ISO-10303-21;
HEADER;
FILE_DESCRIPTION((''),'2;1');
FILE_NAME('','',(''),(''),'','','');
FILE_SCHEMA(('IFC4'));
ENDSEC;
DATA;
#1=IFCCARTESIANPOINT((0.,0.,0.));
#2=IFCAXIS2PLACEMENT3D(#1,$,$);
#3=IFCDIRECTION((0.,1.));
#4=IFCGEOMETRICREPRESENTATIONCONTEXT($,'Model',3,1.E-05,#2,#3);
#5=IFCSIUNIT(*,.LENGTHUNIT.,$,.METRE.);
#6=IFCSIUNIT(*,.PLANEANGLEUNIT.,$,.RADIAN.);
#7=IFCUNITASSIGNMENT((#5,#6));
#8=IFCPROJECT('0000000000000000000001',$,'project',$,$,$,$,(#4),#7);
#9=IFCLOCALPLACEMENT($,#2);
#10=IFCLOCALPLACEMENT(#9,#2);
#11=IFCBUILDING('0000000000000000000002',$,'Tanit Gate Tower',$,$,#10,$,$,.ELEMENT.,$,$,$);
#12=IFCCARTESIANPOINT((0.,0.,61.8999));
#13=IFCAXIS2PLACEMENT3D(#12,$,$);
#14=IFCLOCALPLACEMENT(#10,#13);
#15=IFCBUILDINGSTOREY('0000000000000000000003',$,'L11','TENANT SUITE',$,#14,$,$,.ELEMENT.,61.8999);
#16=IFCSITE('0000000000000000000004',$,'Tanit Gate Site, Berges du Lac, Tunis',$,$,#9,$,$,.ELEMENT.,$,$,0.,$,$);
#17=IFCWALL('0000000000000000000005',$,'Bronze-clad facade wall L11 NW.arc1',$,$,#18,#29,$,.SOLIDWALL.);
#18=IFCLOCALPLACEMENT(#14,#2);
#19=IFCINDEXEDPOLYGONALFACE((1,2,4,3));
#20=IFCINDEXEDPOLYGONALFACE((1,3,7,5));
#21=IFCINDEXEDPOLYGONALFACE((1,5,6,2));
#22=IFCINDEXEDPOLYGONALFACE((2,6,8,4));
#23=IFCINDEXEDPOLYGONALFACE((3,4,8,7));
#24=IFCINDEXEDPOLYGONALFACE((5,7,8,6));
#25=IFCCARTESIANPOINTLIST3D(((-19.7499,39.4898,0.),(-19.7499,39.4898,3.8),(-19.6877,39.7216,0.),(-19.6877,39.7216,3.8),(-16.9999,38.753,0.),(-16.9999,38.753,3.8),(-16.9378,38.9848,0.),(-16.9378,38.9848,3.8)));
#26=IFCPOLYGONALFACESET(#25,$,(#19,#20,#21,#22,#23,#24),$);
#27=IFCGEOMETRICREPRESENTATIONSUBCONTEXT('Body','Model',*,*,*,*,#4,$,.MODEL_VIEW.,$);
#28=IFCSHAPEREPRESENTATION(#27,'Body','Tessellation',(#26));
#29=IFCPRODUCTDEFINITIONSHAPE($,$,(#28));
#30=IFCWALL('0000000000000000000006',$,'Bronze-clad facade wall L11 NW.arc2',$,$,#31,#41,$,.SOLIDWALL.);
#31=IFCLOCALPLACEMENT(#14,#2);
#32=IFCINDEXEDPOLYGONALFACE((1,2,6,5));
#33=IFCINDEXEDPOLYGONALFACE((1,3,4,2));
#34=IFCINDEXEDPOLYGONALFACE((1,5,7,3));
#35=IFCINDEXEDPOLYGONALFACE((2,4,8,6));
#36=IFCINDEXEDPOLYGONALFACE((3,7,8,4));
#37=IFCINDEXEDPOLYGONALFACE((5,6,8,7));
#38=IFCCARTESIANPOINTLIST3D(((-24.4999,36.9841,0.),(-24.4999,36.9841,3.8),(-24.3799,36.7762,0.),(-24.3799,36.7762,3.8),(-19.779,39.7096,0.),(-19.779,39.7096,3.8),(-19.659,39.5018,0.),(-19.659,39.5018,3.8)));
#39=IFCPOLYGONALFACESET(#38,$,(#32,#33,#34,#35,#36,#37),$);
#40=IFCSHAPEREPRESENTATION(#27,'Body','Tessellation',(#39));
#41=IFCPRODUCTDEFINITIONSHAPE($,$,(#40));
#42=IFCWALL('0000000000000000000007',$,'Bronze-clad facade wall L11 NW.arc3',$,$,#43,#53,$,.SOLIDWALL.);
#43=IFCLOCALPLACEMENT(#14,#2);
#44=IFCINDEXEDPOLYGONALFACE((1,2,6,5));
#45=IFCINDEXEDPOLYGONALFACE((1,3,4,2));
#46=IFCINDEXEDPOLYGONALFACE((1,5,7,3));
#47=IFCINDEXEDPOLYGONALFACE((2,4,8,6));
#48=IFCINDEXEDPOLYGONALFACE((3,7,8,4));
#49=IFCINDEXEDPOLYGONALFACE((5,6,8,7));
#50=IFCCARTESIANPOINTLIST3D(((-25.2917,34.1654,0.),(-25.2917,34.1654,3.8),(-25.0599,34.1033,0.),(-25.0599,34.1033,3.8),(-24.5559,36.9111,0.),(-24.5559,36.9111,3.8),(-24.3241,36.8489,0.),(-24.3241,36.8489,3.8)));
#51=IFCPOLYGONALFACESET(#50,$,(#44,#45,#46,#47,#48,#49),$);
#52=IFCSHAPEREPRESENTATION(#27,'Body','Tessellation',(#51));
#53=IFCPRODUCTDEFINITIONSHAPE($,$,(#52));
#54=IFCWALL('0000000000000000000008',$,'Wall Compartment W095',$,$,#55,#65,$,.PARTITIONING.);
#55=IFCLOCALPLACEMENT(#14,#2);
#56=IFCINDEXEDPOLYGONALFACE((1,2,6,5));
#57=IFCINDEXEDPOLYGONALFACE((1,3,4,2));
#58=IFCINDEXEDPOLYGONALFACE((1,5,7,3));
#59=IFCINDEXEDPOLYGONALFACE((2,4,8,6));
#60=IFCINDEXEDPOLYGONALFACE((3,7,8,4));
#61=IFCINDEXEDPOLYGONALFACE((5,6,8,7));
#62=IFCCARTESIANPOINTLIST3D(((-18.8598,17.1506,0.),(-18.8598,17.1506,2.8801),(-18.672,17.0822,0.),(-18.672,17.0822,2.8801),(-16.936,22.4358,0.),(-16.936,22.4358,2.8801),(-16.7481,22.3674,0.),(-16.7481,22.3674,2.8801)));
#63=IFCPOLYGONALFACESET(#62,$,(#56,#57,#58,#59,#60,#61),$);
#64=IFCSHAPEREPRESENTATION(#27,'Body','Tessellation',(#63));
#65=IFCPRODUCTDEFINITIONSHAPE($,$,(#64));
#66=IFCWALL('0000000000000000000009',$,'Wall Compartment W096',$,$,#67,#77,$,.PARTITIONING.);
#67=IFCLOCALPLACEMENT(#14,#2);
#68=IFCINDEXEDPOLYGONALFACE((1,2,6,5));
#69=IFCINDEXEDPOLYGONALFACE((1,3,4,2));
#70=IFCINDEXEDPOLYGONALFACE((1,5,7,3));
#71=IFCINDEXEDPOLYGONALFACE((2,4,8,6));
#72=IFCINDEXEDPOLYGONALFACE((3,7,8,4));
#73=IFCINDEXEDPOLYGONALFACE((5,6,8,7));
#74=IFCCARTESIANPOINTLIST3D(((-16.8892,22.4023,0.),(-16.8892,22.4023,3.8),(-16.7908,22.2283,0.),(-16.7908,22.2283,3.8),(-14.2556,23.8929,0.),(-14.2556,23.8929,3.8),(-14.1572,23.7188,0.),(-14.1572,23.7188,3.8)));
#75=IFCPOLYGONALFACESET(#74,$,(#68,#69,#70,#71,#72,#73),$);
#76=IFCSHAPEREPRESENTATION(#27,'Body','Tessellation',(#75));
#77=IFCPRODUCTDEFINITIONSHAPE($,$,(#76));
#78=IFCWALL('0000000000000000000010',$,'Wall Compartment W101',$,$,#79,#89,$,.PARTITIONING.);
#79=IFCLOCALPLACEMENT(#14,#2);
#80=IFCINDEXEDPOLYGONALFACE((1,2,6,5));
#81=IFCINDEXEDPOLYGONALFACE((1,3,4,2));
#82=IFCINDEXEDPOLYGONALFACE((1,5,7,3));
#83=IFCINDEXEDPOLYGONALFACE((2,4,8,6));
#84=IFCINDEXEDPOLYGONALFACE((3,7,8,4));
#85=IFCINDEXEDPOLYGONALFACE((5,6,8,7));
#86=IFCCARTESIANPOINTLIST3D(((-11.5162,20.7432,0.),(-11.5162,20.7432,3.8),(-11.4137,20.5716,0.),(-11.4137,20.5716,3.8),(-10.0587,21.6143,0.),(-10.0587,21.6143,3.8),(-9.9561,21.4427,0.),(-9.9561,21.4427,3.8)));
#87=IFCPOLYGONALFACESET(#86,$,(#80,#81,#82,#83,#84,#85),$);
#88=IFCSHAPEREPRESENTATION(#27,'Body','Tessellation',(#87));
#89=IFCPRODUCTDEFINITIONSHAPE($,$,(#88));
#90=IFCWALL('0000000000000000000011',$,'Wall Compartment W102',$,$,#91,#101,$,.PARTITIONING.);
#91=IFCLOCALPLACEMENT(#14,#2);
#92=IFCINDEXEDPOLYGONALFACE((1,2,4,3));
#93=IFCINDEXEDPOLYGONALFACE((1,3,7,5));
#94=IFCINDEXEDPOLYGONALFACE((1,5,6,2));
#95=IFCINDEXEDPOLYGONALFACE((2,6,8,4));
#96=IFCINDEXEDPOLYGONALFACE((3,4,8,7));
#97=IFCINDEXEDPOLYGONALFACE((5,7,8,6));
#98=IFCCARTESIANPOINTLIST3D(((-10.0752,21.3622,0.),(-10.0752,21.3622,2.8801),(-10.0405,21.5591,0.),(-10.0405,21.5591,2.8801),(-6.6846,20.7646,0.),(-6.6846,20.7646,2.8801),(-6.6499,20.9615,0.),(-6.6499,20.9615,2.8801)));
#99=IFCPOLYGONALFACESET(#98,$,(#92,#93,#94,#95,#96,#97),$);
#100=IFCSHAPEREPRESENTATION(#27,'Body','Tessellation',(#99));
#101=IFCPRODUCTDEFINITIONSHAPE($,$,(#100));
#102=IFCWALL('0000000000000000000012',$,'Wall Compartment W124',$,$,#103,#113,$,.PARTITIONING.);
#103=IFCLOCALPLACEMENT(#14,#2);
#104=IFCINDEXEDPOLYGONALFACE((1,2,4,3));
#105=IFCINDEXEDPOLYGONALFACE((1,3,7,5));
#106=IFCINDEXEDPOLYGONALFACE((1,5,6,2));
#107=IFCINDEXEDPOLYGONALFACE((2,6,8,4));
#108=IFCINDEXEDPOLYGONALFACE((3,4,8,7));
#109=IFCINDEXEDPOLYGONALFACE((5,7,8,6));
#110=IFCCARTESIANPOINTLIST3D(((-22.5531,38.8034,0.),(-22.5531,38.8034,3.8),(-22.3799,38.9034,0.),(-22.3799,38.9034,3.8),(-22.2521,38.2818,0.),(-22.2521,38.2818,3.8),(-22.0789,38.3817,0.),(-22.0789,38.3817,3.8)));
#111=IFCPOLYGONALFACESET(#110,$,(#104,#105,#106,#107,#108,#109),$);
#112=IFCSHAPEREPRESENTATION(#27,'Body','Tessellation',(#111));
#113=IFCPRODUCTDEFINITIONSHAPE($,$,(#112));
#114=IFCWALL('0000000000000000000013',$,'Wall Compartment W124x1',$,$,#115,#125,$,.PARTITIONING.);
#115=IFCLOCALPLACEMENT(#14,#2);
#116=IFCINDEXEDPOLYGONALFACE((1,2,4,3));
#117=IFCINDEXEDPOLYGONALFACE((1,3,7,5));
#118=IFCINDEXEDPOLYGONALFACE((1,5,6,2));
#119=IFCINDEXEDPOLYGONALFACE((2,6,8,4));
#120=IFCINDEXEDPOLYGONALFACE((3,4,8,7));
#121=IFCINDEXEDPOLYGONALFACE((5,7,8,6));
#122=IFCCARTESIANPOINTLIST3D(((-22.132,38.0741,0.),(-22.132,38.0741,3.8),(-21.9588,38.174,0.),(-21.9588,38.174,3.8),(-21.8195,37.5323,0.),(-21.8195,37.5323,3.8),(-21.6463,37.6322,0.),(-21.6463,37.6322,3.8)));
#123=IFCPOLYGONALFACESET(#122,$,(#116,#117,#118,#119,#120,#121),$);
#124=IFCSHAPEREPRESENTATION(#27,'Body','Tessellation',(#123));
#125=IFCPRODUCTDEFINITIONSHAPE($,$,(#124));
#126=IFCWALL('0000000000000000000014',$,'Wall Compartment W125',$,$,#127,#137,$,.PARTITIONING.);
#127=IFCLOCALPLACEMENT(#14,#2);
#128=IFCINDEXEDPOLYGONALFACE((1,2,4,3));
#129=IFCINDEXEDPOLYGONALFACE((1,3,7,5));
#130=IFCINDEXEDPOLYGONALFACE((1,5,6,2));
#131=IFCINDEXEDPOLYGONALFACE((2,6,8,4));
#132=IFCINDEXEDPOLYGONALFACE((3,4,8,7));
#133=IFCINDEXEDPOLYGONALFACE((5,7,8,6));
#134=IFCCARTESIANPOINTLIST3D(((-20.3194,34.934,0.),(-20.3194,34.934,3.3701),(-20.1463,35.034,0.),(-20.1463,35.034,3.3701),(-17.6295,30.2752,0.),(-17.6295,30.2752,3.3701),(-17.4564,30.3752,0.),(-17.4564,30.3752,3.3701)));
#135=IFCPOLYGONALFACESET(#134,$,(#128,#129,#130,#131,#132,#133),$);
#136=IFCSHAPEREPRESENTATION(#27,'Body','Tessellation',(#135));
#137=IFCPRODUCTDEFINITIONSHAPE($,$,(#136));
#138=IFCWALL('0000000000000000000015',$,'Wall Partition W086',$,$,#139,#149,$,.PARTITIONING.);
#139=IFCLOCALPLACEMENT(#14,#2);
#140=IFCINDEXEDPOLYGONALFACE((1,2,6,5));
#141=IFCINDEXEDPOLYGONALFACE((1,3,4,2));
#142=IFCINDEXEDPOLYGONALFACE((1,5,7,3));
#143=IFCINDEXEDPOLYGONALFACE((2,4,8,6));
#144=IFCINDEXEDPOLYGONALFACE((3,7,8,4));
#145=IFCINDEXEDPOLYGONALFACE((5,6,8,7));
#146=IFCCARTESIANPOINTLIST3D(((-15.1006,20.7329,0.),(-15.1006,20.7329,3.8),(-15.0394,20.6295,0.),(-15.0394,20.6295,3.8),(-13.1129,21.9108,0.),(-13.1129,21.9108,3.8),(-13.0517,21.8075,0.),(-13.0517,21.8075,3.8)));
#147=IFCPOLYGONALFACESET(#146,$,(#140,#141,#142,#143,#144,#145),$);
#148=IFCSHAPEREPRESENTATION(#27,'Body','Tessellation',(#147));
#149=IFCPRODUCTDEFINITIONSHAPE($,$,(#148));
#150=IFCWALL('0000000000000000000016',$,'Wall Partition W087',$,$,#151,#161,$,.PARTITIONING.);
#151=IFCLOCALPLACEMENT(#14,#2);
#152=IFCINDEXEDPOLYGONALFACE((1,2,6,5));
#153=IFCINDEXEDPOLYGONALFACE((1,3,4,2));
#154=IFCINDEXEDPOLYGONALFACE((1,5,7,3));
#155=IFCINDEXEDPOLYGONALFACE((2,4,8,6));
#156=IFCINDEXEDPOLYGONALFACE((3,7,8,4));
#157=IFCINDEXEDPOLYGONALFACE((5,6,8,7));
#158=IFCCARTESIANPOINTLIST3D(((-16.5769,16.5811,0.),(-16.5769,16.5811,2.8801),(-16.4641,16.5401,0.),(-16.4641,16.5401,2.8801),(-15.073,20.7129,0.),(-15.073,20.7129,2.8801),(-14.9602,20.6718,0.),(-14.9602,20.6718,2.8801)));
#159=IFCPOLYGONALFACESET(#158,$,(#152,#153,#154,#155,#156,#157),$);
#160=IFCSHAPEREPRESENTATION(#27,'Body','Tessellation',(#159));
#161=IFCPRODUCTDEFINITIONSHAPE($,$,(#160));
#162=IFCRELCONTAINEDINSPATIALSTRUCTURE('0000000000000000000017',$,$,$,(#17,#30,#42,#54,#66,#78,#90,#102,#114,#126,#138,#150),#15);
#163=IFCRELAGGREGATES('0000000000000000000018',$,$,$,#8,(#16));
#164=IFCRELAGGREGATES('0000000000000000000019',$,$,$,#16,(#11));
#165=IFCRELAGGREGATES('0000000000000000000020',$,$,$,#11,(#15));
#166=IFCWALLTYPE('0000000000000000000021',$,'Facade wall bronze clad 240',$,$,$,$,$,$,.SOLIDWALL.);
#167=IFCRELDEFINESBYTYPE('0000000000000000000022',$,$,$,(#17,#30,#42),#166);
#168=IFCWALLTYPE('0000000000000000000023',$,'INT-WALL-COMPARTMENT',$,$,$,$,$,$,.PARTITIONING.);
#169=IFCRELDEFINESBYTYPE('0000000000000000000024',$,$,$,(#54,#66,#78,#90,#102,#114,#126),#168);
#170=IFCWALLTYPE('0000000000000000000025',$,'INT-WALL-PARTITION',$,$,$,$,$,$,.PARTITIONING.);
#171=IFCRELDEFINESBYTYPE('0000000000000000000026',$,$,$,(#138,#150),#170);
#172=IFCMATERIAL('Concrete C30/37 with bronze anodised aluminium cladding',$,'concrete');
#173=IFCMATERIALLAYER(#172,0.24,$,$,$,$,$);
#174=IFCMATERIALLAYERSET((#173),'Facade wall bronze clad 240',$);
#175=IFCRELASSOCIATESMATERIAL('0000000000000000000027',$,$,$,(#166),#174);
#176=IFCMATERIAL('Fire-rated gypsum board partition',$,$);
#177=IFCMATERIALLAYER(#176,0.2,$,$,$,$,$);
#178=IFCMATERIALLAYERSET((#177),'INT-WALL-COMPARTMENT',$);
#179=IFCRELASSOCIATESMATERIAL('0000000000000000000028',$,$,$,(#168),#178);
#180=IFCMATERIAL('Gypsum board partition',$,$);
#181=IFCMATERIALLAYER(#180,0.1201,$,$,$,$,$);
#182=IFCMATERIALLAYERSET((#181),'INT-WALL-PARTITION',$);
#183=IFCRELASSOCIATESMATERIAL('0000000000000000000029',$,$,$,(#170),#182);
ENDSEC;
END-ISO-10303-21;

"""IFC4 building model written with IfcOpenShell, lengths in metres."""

from ifc_helpers import new_model, si_unit, direction, frame, frame_2d, origin, place, context, subcontext, project, spatial, rectangle, extrude, material, layer, layer_set, type_object, element, save


model = new_model("IFC4")

# Units and contexts
model_context = context("Model", 3, precision=1e-05, world=origin(), true_north=direction((0.0, 1.0)))
body_context = subcontext(model_context, "Body", "Model", "MODEL_VIEW")
ifc_project = project(units=[si_unit("LENGTHUNIT", "METRE"), si_unit("PLANEANGLEUNIT", "RADIAN")], contexts=[model_context])

# Site, building, storey
site_placement = place(None, origin())
site = spatial("IfcSite", under=ifc_project, at=site_placement, Name="Tanit Gate Site, Berges du Lac, Tunis", CompositionType="ELEMENT", RefElevation=0.0)
building_placement = place(site_placement, origin())
building = spatial("IfcBuilding", under=site, at=building_placement, Name="Tanit Gate Tower", CompositionType="ELEMENT")
storey_placement = place(building_placement, frame((0.0, 0.0, 61.8999)))
storey = spatial("IfcBuildingStorey", under=building, at=storey_placement, Name="L11", Description="TENANT SUITE", CompositionType="ELEMENT", Elevation=61.8999)

# Walls
ifc_material_1 = material(Name="Concrete C30/37 with bronze anodised aluminium cladding", Category="concrete")
ifc_layer_1 = layer(ifc_material_1, 0.24)
ifc_layer_set_1 = layer_set([ifc_layer_1], Name="Facade wall bronze clad 240")
wall_type_1 = type_object("IfcWallType", Name="Facade wall bronze clad 240", PredefinedType="SOLIDWALL", material=ifc_layer_set_1)
wall_1_placement = place(storey_placement, frame((-16.969, 38.8689, 0.0), z_axis=(0.0, 0.0, 1.0), x_axis=(-0.96593, 0.258805, 0.0)))
element("IfcWall", 1, at=wall_1_placement, inside=storey, type_object=wall_type_1, Name="Bronze-clad facade wall L11 NW.arc1", PredefinedType="SOLIDWALL", context=body_context, shape_type="SweptSolid", body=[
    extrude(rectangle(XDim=2.8469, YDim=0.24, at=frame_2d((1.4233, 0.0))), origin(), (0.0, 0.0, 1.0), 3.8),
])
wall_2_placement = place(storey_placement, frame((-19.719, 39.6057, 0.0), z_axis=(0.0, 0.0, 1.0), x_axis=(-0.86603, -0.499993, 0.0)))
element("IfcWall", 2, at=wall_2_placement, inside=storey, type_object=wall_type_1, Name="Bronze-clad facade wall L11 NW.arc2", PredefinedType="SOLIDWALL", context=body_context, shape_type="SweptSolid", body=[
    extrude(rectangle(XDim=5.4512, YDim=0.24, at=frame_2d((2.7256, 0.0))), origin(), (0.0, 0.0, 1.0), 3.8),
])
wall_3_placement = place(storey_placement, frame((-24.4399, 36.8801, 0.0), z_axis=(0.0, 0.0, 1.0), x_axis=(-0.258871, -0.965912, 0.0)))
element("IfcWall", 3, at=wall_3_placement, inside=storey, type_object=wall_type_1, Name="Bronze-clad facade wall L11 NW.arc3", PredefinedType="SOLIDWALL", context=body_context, shape_type="SweptSolid", body=[
    extrude(rectangle(XDim=2.8425, YDim=0.24, at=frame_2d((1.4214, 0.0))), origin(), (0.0, 0.0, 1.0), 3.8),
])
ifc_material_2 = material(Name="Fire-rated gypsum board partition")
ifc_layer_2 = layer(ifc_material_2, 0.2)
ifc_layer_set_2 = layer_set([ifc_layer_2], Name="INT-WALL-COMPARTMENT")
wall_type_2 = type_object("IfcWallType", Name="INT-WALL-COMPARTMENT", PredefinedType="PARTITIONING", material=ifc_layer_set_2)
wall_4_placement = place(storey_placement, frame((-16.842, 22.4016, 0.0), z_axis=(0.0, 0.0, 1.0), x_axis=(-0.34205, -0.939682, 0.0)))
element("IfcWall", 4, at=wall_4_placement, inside=storey, type_object=wall_type_2, Name="Wall Compartment W095", PredefinedType="PARTITIONING", context=body_context, shape_type="SweptSolid", body=[
    extrude(rectangle(XDim=5.6245, YDim=0.2, at=frame_2d((2.8123, 0.0))), origin(), (0.0, 0.0, 1.0), 2.8801),
])
wall_5_placement = place(storey_placement, frame((-14.2063, 23.8059, 0.0), z_axis=(0.0, 0.0, 1.0), x_axis=(-0.870286, -0.492546, 0.0)))
element("IfcWall", 5, at=wall_5_placement, inside=storey, type_object=wall_type_2, Name="Wall Compartment W096", PredefinedType="PARTITIONING", context=body_context, shape_type="SweptSolid", body=[
    extrude(rectangle(XDim=3.0261, YDim=0.2, at=frame_2d((1.5132, 0.0))), origin(), (0.0, 0.0, 1.0), 3.8),
])
wall_6_placement = place(storey_placement, frame((-10.0073, 21.5286, 0.0), z_axis=(0.0, 0.0, 1.0), x_axis=(-0.85838, -0.513015, 0.0)))
element("IfcWall", 6, at=wall_6_placement, inside=storey, type_object=wall_type_2, Name="Wall Compartment W101", PredefinedType="PARTITIONING", context=body_context, shape_type="SweptSolid", body=[
    extrude(rectangle(XDim=1.698, YDim=0.2, at=frame_2d((0.8491, 0.0))), origin(), (0.0, 0.0, 1.0), 3.8),
])
wall_7_placement = place(storey_placement, frame((-6.6672, 20.863, 0.0), z_axis=(0.0, 0.0, 1.0), x_axis=(-0.984818, 0.173591, 0.0)))
element("IfcWall", 7, at=wall_7_placement, inside=storey, type_object=wall_type_2, Name="Wall Compartment W102", PredefinedType="PARTITIONING", context=body_context, shape_type="SweptSolid", body=[
    extrude(rectangle(XDim=3.4429, YDim=0.2, at=frame_2d((1.7214, 0.0))), origin(), (0.0, 0.0, 1.0), 2.8801),
])
wall_8_placement = place(storey_placement, frame((-22.4666, 38.8535, 0.0), z_axis=(0.0, 0.0, 1.0), x_axis=(0.499758, -0.866165, 0.0)))
element("IfcWall", 8, at=wall_8_placement, inside=storey, type_object=wall_type_2, Name="Wall Compartment W124", PredefinedType="PARTITIONING", context=body_context, shape_type="SweptSolid", body=[
    extrude(rectangle(XDim=0.6023, YDim=0.2, at=frame_2d((0.3013, 0.0))), origin(), (0.0, 0.0, 1.0), 3.8),
])
wall_9_placement = place(storey_placement, frame((-22.0454, 38.124, 0.0), z_axis=(0.0, 0.0, 1.0), x_axis=(0.499666, -0.866218, 0.0)))
element("IfcWall", 9, at=wall_9_placement, inside=storey, type_object=wall_type_2, Name="Wall Compartment W124x1", PredefinedType="PARTITIONING", context=body_context, shape_type="SweptSolid", body=[
    extrude(rectangle(XDim=0.6255, YDim=0.2, at=frame_2d((0.3127, 0.0))), origin(), (0.0, 0.0, 1.0), 3.8),
])
wall_10_placement = place(storey_placement, frame((-20.2329, 34.9841, 0.0), z_axis=(0.0, 0.0, 1.0), x_axis=(0.500014, -0.866017, 0.0)))
element("IfcWall", 10, at=wall_10_placement, inside=storey, type_object=wall_type_2, Name="Wall Compartment W125", PredefinedType="PARTITIONING", context=body_context, shape_type="SweptSolid", body=[
    extrude(rectangle(XDim=5.3796, YDim=0.2, at=frame_2d((2.6899, 0.0))), origin(), (0.0, 0.0, 1.0), 3.3701),
])
ifc_material_3 = material(Name="Gypsum board partition")
ifc_layer_3 = layer(ifc_material_3, 0.1201)
ifc_layer_set_3 = layer_set([ifc_layer_3], Name="INT-WALL-PARTITION")
wall_type_3 = type_object("IfcWallType", Name="INT-WALL-PARTITION", PredefinedType="PARTITIONING", material=ifc_layer_set_3)
wall_11_placement = place(storey_placement, frame((-13.0823, 21.8591, 0.0), z_axis=(0.0, 0.0, 1.0), x_axis=(-0.860286, -0.509811, 0.0)))
element("IfcWall", 11, at=wall_11_placement, inside=storey, type_object=wall_type_3, Name="Wall Partition W086", PredefinedType="PARTITIONING", context=body_context, shape_type="SweptSolid", body=[
    extrude(rectangle(XDim=2.3105, YDim=0.1201, at=frame_2d((1.1553, 0.0))), origin(), (0.0, 0.0, 1.0), 3.8),
])
wall_12_placement = place(storey_placement, frame((-15.0166, 20.6924, 0.0), z_axis=(0.0, 0.0, 1.0), x_axis=(-0.342028, -0.93969, 0.0)))
element("IfcWall", 12, at=wall_12_placement, inside=storey, type_object=wall_type_3, Name="Wall Partition W087", PredefinedType="PARTITIONING", context=body_context, shape_type="SweptSolid", body=[
    extrude(rectangle(XDim=4.397, YDim=0.1201, at=frame_2d((2.1985, 0.0))), origin(), (0.0, 0.0, 1.0), 2.8801),
])

save(model, "model.ifc")
